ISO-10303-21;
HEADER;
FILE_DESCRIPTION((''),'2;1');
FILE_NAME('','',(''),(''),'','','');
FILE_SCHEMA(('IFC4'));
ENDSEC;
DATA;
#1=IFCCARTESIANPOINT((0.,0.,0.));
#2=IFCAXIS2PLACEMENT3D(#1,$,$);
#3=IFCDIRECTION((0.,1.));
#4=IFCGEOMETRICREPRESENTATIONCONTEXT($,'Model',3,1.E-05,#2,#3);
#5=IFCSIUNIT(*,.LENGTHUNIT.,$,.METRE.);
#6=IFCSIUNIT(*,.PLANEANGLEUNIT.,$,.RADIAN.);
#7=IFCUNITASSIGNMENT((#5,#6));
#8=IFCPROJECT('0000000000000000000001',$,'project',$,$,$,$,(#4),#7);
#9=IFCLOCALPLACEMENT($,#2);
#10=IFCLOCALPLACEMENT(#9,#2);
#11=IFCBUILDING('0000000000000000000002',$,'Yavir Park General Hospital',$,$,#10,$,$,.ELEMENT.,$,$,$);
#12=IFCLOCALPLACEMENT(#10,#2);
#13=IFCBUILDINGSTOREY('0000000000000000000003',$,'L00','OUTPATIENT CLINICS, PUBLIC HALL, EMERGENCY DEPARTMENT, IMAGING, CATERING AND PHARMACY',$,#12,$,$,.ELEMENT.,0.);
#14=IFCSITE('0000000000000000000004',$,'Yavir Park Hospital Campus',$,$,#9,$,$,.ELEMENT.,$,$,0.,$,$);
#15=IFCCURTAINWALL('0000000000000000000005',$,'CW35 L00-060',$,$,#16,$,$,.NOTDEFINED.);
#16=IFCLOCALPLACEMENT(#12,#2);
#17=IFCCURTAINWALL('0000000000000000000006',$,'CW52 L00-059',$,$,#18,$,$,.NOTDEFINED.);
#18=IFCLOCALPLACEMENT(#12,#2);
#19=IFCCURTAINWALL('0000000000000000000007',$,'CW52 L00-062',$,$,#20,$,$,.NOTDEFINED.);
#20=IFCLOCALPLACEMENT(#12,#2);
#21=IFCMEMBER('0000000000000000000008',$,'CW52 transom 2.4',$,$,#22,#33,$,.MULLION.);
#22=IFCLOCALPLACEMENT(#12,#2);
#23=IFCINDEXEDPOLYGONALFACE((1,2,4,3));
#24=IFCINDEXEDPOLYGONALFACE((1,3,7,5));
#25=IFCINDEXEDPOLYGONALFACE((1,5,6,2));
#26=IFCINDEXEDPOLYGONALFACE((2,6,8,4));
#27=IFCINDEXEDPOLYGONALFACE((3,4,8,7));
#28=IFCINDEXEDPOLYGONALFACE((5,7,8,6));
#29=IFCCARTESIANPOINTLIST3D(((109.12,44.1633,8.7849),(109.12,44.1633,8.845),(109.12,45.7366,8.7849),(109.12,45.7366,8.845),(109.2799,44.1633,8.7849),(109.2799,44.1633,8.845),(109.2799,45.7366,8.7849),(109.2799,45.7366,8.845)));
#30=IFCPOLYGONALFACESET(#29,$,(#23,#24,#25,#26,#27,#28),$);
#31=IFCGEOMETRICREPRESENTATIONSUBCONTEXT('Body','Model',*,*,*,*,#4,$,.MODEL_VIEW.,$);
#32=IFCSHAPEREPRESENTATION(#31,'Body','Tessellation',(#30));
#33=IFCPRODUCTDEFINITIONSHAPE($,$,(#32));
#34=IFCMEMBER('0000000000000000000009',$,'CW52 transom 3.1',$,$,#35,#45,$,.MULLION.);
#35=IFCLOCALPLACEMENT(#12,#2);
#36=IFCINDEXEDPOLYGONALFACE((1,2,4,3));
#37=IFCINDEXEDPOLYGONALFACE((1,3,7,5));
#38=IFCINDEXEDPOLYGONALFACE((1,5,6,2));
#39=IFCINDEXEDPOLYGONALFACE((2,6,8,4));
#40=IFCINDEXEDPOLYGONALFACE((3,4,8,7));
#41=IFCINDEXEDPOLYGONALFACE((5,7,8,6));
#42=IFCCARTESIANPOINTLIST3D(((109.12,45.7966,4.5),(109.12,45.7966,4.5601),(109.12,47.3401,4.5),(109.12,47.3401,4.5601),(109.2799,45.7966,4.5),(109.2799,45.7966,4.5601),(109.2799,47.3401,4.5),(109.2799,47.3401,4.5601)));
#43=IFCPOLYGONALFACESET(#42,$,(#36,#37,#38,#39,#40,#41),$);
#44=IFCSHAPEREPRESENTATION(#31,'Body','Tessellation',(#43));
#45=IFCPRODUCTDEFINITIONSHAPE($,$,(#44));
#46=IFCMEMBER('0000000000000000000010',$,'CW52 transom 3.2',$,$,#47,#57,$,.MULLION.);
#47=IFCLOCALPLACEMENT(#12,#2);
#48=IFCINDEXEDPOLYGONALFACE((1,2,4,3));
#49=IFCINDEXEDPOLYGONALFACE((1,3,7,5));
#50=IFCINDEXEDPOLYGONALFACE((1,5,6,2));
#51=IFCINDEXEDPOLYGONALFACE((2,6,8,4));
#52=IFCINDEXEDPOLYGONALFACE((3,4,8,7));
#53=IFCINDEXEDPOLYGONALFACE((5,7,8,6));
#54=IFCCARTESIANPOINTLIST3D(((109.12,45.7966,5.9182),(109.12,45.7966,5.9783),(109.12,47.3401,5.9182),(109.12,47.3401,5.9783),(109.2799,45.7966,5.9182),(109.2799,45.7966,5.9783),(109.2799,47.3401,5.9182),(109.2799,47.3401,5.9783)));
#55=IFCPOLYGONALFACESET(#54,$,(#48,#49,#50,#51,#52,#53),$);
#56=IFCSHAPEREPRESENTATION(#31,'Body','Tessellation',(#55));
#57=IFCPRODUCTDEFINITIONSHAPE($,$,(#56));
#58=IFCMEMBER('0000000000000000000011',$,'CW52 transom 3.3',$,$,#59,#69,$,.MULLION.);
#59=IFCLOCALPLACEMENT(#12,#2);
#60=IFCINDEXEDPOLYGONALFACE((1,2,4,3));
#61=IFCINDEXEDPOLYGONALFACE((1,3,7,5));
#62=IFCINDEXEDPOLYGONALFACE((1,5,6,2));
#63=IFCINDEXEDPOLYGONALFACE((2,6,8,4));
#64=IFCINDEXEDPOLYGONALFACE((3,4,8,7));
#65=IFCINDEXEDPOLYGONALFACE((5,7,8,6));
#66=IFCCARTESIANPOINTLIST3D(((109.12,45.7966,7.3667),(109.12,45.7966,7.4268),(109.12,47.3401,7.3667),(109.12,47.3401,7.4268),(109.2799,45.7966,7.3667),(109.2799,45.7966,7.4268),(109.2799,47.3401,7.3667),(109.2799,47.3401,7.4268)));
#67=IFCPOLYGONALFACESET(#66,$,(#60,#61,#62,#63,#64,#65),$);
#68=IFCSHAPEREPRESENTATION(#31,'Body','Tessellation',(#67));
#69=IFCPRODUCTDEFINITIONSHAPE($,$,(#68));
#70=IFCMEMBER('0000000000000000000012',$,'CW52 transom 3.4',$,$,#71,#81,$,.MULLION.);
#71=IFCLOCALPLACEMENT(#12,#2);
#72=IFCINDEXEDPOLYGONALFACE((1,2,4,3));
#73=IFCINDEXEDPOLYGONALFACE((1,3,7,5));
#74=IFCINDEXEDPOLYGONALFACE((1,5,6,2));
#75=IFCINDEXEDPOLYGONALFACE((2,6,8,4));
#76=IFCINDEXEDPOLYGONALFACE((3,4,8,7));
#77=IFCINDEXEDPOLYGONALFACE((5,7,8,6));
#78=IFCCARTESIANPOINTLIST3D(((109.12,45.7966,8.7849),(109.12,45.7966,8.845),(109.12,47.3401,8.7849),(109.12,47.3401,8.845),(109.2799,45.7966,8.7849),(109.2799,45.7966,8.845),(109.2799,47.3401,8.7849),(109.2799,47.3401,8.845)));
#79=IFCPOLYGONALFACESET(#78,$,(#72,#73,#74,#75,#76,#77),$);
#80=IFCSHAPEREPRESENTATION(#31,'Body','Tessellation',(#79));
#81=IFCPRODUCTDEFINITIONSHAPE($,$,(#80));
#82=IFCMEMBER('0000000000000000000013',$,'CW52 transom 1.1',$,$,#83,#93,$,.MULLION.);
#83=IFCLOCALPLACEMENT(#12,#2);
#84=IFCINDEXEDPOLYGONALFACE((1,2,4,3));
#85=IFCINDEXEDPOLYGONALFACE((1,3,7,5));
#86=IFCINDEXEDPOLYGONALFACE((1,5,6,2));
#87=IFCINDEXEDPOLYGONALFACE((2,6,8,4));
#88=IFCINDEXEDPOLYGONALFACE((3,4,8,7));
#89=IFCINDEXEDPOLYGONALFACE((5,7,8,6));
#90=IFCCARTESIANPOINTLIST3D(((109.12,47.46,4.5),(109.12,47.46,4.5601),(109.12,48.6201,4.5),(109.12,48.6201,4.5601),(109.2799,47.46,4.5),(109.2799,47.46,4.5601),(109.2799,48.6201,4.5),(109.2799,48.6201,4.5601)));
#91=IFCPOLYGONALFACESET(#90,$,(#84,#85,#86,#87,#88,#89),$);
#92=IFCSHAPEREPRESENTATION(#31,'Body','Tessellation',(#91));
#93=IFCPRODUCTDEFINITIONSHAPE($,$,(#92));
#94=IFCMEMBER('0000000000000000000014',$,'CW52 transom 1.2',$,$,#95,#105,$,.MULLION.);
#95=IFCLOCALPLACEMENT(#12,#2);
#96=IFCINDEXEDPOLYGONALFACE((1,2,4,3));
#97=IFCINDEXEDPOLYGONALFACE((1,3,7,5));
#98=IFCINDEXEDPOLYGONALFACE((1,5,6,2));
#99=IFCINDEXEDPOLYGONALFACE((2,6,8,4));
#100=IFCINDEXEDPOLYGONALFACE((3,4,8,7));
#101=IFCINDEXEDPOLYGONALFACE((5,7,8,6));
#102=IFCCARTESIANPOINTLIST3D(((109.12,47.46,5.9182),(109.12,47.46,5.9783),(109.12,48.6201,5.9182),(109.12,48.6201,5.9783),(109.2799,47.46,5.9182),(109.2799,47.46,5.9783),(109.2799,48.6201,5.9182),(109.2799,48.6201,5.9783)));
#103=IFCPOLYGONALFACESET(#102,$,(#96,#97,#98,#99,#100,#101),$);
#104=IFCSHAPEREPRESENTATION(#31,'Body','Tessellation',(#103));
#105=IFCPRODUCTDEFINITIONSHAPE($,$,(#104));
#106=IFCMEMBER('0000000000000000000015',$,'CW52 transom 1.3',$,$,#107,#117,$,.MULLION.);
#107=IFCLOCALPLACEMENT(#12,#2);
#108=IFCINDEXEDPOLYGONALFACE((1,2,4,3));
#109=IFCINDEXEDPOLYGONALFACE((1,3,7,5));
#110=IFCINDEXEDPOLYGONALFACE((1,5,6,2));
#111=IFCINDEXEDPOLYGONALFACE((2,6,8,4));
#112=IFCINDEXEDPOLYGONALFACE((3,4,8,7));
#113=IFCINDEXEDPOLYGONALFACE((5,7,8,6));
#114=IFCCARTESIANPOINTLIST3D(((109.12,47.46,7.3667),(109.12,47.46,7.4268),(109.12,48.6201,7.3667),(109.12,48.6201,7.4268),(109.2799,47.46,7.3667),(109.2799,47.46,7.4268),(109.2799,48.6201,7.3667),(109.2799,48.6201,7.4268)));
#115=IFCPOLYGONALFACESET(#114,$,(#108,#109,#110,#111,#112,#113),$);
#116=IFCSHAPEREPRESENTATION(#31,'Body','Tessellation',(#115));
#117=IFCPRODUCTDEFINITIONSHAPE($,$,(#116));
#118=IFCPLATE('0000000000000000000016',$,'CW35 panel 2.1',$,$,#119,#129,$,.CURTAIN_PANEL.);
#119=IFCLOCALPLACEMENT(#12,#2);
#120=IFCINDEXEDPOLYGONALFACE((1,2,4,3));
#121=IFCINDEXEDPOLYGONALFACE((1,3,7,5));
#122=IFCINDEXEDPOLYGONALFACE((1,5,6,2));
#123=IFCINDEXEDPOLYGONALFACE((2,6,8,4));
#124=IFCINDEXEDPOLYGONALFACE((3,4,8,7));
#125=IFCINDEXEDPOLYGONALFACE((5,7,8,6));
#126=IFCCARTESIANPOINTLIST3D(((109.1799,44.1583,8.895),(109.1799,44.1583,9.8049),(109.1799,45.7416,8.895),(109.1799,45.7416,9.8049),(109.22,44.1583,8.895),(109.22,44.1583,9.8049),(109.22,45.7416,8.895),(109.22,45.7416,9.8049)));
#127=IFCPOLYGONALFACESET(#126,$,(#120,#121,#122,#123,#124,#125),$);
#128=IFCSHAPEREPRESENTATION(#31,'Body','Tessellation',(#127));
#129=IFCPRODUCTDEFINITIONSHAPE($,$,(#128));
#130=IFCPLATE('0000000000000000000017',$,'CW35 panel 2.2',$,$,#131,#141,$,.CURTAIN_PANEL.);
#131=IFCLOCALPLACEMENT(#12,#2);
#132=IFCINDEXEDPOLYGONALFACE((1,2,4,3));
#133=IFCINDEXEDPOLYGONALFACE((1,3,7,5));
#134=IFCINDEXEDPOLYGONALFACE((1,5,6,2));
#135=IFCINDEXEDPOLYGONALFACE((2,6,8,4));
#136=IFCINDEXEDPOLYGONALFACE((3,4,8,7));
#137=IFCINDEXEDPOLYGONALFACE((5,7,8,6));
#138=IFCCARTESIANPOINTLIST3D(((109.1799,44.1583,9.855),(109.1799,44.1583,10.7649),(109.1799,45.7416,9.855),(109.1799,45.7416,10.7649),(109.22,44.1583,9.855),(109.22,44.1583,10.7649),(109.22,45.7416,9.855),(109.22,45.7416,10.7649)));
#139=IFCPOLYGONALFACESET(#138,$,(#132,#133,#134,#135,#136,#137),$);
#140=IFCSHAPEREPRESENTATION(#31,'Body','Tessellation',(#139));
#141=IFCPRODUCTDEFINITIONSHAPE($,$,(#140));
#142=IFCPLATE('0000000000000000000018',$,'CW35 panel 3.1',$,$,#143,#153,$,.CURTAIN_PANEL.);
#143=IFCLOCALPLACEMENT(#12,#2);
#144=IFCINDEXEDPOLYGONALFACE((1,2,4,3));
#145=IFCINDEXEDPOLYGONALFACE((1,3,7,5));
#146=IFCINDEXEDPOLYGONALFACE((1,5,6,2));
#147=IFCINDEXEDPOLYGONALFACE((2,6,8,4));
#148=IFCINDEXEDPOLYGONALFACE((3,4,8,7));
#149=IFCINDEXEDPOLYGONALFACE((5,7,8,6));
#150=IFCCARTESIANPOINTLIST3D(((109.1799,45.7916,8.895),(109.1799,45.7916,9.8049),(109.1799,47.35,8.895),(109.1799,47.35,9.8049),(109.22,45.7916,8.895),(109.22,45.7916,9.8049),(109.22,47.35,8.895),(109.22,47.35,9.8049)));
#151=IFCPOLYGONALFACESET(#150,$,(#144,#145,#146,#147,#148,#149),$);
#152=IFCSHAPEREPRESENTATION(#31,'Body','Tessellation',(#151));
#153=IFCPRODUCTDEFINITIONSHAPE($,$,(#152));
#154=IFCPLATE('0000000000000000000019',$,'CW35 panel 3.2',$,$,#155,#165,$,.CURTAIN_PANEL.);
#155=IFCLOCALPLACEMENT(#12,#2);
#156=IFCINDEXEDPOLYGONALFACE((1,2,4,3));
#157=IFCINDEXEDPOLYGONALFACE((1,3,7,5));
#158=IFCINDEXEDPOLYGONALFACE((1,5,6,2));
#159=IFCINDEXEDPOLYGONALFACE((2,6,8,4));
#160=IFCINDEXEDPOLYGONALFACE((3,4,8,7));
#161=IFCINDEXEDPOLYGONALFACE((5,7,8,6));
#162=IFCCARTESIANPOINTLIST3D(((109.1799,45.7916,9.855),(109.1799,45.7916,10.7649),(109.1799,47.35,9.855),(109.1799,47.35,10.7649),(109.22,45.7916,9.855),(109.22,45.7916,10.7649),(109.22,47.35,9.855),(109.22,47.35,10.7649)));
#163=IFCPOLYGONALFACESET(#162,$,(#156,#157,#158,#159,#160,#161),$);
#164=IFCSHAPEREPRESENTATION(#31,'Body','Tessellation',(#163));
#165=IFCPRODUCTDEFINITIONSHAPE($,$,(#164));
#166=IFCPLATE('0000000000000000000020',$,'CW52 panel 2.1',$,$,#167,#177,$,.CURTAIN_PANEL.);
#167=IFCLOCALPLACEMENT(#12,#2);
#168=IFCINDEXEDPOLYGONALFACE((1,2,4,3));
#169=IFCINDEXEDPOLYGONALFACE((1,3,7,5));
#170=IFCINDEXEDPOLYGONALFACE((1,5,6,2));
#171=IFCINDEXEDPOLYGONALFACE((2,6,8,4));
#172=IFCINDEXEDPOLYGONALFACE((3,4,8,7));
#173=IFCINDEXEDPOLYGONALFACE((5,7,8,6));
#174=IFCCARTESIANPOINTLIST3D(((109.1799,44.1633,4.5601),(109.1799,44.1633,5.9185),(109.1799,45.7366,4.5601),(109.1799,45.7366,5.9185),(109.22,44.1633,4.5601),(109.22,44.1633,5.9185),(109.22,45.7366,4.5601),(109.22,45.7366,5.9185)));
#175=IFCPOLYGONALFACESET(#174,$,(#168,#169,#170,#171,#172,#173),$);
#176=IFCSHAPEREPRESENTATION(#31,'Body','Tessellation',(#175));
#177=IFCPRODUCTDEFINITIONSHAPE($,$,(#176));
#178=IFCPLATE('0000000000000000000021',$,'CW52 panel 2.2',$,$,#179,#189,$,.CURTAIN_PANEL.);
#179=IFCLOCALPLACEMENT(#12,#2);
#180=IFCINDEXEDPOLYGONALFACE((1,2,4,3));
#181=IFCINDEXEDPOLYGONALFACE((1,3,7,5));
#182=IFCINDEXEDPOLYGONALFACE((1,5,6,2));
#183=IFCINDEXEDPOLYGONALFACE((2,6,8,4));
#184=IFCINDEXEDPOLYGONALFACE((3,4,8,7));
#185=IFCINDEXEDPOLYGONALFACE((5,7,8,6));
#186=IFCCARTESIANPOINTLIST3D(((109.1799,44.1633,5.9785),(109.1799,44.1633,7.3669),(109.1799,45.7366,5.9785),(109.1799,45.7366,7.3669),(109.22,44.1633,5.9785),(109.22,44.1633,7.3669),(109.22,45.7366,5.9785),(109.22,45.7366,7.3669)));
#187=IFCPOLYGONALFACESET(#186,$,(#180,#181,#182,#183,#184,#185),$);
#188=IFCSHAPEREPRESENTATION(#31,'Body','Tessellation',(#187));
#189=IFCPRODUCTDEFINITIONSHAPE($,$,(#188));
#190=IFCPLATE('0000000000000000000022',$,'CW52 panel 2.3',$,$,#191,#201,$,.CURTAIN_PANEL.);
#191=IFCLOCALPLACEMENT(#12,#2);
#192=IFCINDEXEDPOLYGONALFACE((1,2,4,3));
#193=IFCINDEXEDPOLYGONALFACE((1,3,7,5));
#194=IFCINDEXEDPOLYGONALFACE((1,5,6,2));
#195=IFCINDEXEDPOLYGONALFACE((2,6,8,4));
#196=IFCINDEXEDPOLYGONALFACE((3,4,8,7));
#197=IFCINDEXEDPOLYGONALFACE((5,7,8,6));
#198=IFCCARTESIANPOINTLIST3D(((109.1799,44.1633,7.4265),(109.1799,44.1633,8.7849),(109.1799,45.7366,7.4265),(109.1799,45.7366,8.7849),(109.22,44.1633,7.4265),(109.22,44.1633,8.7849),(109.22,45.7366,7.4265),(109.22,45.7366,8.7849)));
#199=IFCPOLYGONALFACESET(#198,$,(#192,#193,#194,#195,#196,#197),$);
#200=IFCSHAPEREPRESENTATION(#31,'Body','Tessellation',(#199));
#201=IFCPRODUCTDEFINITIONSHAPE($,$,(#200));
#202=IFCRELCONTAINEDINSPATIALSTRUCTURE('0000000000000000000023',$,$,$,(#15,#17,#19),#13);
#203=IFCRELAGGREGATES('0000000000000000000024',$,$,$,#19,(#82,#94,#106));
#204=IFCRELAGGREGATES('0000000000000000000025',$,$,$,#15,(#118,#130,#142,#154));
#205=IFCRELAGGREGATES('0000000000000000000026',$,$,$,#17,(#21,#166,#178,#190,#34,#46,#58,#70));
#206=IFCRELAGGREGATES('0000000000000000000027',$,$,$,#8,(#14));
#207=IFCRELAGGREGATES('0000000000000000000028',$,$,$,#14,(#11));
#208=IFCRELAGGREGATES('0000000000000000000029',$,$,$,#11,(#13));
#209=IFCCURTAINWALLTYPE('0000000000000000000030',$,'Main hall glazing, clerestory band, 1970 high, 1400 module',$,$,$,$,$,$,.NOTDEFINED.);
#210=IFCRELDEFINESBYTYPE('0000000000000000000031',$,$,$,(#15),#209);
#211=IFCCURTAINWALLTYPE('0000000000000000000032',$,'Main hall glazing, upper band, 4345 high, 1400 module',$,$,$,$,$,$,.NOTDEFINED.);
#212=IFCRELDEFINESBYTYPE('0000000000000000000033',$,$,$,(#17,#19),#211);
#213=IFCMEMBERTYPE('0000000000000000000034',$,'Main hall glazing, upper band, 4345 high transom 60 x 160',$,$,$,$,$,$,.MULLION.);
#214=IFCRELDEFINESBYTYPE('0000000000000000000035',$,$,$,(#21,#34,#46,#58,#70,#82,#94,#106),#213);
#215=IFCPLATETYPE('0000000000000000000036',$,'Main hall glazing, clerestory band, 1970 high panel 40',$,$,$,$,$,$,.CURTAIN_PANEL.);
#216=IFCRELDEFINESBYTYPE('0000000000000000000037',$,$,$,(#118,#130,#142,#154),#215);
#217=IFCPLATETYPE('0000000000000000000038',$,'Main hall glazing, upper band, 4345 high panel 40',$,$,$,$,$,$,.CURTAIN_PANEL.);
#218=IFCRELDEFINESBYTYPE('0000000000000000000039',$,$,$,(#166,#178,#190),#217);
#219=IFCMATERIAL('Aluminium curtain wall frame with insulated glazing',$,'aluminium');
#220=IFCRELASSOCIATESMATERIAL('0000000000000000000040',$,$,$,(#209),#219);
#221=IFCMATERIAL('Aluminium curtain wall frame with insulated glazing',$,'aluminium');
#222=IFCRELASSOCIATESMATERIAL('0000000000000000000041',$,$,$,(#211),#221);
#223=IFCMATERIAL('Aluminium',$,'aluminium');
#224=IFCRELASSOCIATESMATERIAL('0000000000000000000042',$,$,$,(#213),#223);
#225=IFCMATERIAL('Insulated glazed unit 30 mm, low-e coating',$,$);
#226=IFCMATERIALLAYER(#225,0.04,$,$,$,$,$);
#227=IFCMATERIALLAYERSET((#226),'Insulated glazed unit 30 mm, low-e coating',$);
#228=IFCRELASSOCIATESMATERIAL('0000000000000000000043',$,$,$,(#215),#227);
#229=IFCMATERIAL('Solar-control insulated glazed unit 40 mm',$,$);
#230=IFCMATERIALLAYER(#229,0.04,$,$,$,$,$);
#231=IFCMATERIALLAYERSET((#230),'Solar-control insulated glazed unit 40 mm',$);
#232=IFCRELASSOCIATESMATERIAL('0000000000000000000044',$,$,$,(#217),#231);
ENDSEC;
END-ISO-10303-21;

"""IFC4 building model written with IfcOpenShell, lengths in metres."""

from ifc_helpers import new_model, si_unit, direction, frame, origin, origin_2d, place, context, subcontext, project, spatial, rectangle, extrude, material, layer, layer_set, material_profile, profile_set, type_object, element, aggregate, save


model = new_model("IFC4")

# Units and contexts
model_context = context("Model", 3, precision=1e-05, world=origin(), true_north=direction((0.0, 1.0)))
body_context = subcontext(model_context, "Body", "Model", "MODEL_VIEW")
ifc_project = project(units=[si_unit("LENGTHUNIT", "METRE"), si_unit("PLANEANGLEUNIT", "RADIAN")], contexts=[model_context])

# Site, building, storey
site_placement = place(None, origin())
site = spatial("IfcSite", under=ifc_project, at=site_placement, Name="Yavir Park Hospital Campus", CompositionType="ELEMENT", RefElevation=0.0)
building_placement = place(site_placement, origin())
building = spatial("IfcBuilding", under=site, at=building_placement, Name="Yavir Park General Hospital", CompositionType="ELEMENT")
storey_placement = place(building_placement, origin())
storey = spatial("IfcBuildingStorey", under=building, at=storey_placement, Name="L00", Description="OUTPATIENT CLINICS, PUBLIC HALL, EMERGENCY DEPARTMENT, IMAGING, CATERING AND PHARMACY", CompositionType="ELEMENT", Elevation=0.0)

# Curtain wall
ifc_material_1 = material(Name="Aluminium curtain wall frame with insulated glazing", Category="aluminium")
curtain_wall_type_1 = type_object("IfcCurtainWallType", Name="Main hall glazing, clerestory band, 1970 high, 1400 module", PredefinedType="NOTDEFINED", material=ifc_material_1)
curtain_wall_1_placement = place(storey_placement, origin())
curtain_wall_1 = element("IfcCurtainWall", 1, at=curtain_wall_1_placement, inside=storey, type_object=curtain_wall_type_1, Name="CW35 L00-060", PredefinedType="NOTDEFINED")

# Curtain walls
ifc_material_2 = material(Name="Aluminium curtain wall frame with insulated glazing", Category="aluminium")
curtain_wall_type_2 = type_object("IfcCurtainWallType", Name="Main hall glazing, upper band, 4345 high, 1400 module", PredefinedType="NOTDEFINED", material=ifc_material_2)
curtain_wall_2_placement = place(storey_placement, origin())
curtain_wall_2 = element("IfcCurtainWall", 2, at=curtain_wall_2_placement, inside=storey, type_object=curtain_wall_type_2, Name="CW52 L00-059", PredefinedType="NOTDEFINED")
curtain_wall_3_placement = place(storey_placement, origin())
curtain_wall_3 = element("IfcCurtainWall", 3, at=curtain_wall_3_placement, inside=storey, type_object=curtain_wall_type_2, Name="CW52 L00-062", PredefinedType="NOTDEFINED")

# Members
ifc_material_3 = material(Name="Aluminium", Category="aluminium")
ifc_material_profile_1 = material_profile(ifc_material_3, rectangle(XDim=0.1599, YDim=0.0601, at=origin_2d()), Name="AL 160x60")
ifc_profile_set_1 = profile_set([ifc_material_profile_1], Name="Aluminium")
member_type_1 = type_object("IfcMemberType", Name="Main hall glazing, upper band, 4345 high transom 60 x 160", PredefinedType="MULLION", material=ifc_profile_set_1)
member_1_placement = place(storey_placement, frame((109.2, 44.1633, 8.8149), z_axis=(0.0, 1.0, 0.0), x_axis=(-1.0, 0.0, 0.0)))
member_1 = element("IfcMember", 4, at=member_1_placement, type_object=member_type_1, Name="CW52 transom 2.4", PredefinedType="MULLION", context=body_context, shape_type="SweptSolid", body=[
    extrude(rectangle(XDim=0.1599, YDim=0.0601, at=origin_2d()), origin(), (0.0, 0.0, 1.0), 1.5732),
])
member_2_placement = place(storey_placement, frame((109.2, 45.7966, 4.53), z_axis=(0.0, 1.0, 0.0), x_axis=(-1.0, 0.0, 0.0)))
member_2 = element("IfcMember", 5, at=member_2_placement, type_object=member_type_1, Name="CW52 transom 3.1", PredefinedType="MULLION", context=body_context, shape_type="SweptSolid", body=[
    extrude(rectangle(XDim=0.1599, YDim=0.0601, at=origin_2d()), origin(), (0.0, 0.0, 1.0), 1.5435),
])
member_3_placement = place(storey_placement, frame((109.2, 45.7966, 5.9482), z_axis=(0.0, 1.0, 0.0), x_axis=(-1.0, 0.0, 0.0)))
member_3 = element("IfcMember", 6, at=member_3_placement, type_object=member_type_1, Name="CW52 transom 3.2", PredefinedType="MULLION", context=body_context, shape_type="SweptSolid", body=[
    extrude(rectangle(XDim=0.1599, YDim=0.0601, at=origin_2d()), origin(), (0.0, 0.0, 1.0), 1.5435),
])
member_4_placement = place(storey_placement, frame((109.2, 45.7966, 7.3967), z_axis=(0.0, 1.0, 0.0), x_axis=(-1.0, 0.0, 0.0)))
member_4 = element("IfcMember", 7, at=member_4_placement, type_object=member_type_1, Name="CW52 transom 3.3", PredefinedType="MULLION", context=body_context, shape_type="SweptSolid", body=[
    extrude(rectangle(XDim=0.1599, YDim=0.0601, at=origin_2d()), origin(), (0.0, 0.0, 1.0), 1.5435),
])
member_5_placement = place(storey_placement, frame((109.2, 45.7966, 8.8149), z_axis=(0.0, 1.0, 0.0), x_axis=(-1.0, 0.0, 0.0)))
member_5 = element("IfcMember", 8, at=member_5_placement, type_object=member_type_1, Name="CW52 transom 3.4", PredefinedType="MULLION", context=body_context, shape_type="SweptSolid", body=[
    extrude(rectangle(XDim=0.1599, YDim=0.0601, at=origin_2d()), origin(), (0.0, 0.0, 1.0), 1.5435),
])
member_6_placement = place(storey_placement, frame((109.2, 47.46, 4.53), z_axis=(0.0, 1.0, 0.0), x_axis=(-1.0, 0.0, 0.0)))
member_6 = element("IfcMember", 9, at=member_6_placement, type_object=member_type_1, Name="CW52 transom 1.1", PredefinedType="MULLION", context=body_context, shape_type="SweptSolid", body=[
    extrude(rectangle(XDim=0.1599, YDim=0.0601, at=origin_2d()), origin(), (0.0, 0.0, 1.0), 1.1602),
])
member_7_placement = place(storey_placement, frame((109.2, 47.46, 5.9482), z_axis=(0.0, 1.0, 0.0), x_axis=(-1.0, 0.0, 0.0)))
member_7 = element("IfcMember", 10, at=member_7_placement, type_object=member_type_1, Name="CW52 transom 1.2", PredefinedType="MULLION", context=body_context, shape_type="SweptSolid", body=[
    extrude(rectangle(XDim=0.1599, YDim=0.0601, at=origin_2d()), origin(), (0.0, 0.0, 1.0), 1.1602),
])
member_8_placement = place(storey_placement, frame((109.2, 47.46, 7.3967), z_axis=(0.0, 1.0, 0.0), x_axis=(-1.0, 0.0, 0.0)))
member_8 = element("IfcMember", 11, at=member_8_placement, type_object=member_type_1, Name="CW52 transom 1.3", PredefinedType="MULLION", context=body_context, shape_type="SweptSolid", body=[
    extrude(rectangle(XDim=0.1599, YDim=0.0601, at=origin_2d()), origin(), (0.0, 0.0, 1.0), 1.1602),
])
aggregate(curtain_wall_3, [member_6, member_7, member_8])

# Plates
ifc_material_4 = material(Name="Insulated glazed unit 30 mm, low-e coating")
ifc_layer_1 = layer(ifc_material_4, 0.04)
ifc_layer_set_1 = layer_set([ifc_layer_1], Name="Insulated glazed unit 30 mm, low-e coating")
plate_type_1 = type_object("IfcPlateType", Name="Main hall glazing, clerestory band, 1970 high panel 40", PredefinedType="CURTAIN_PANEL", material=ifc_layer_set_1)
plate_1_placement = place(storey_placement, frame((109.2, 44.95, 8.895), z_axis=(0.0, 0.0, 1.0), x_axis=(0.0, 1.0, 0.0)))
plate_1 = element("IfcPlate", 12, at=plate_1_placement, type_object=plate_type_1, Name="CW35 panel 2.1", PredefinedType="CURTAIN_PANEL", context=body_context, shape_type="SweptSolid", body=[
    extrude(rectangle(XDim=1.5833, YDim=0.04, at=origin_2d()), origin(), (0.0, 0.0, 1.0), 0.9099),
])
plate_2_placement = place(storey_placement, frame((109.2, 44.95, 9.855), z_axis=(0.0, 0.0, 1.0), x_axis=(0.0, 1.0, 0.0)))
plate_2 = element("IfcPlate", 13, at=plate_2_placement, type_object=plate_type_1, Name="CW35 panel 2.2", PredefinedType="CURTAIN_PANEL", context=body_context, shape_type="SweptSolid", body=[
    extrude(rectangle(XDim=1.5833, YDim=0.04, at=origin_2d()), origin(), (0.0, 0.0, 1.0), 0.9099),
])
plate_3_placement = place(storey_placement, frame((109.2, 46.5708, 8.895), z_axis=(0.0, 0.0, 1.0), x_axis=(0.0, 1.0, 0.0)))
plate_3 = element("IfcPlate", 14, at=plate_3_placement, type_object=plate_type_1, Name="CW35 panel 3.1", PredefinedType="CURTAIN_PANEL", context=body_context, shape_type="SweptSolid", body=[
    extrude(rectangle(XDim=1.5583, YDim=0.04, at=origin_2d()), origin(), (0.0, 0.0, 1.0), 0.9099),
])
plate_4_placement = place(storey_placement, frame((109.2, 46.5708, 9.855), z_axis=(0.0, 0.0, 1.0), x_axis=(0.0, 1.0, 0.0)))
plate_4 = element("IfcPlate", 15, at=plate_4_placement, type_object=plate_type_1, Name="CW35 panel 3.2", PredefinedType="CURTAIN_PANEL", context=body_context, shape_type="SweptSolid", body=[
    extrude(rectangle(XDim=1.5583, YDim=0.04, at=origin_2d()), origin(), (0.0, 0.0, 1.0), 0.9099),
])
aggregate(curtain_wall_1, [plate_1, plate_2, plate_3, plate_4])
ifc_material_5 = material(Name="Solar-control insulated glazed unit 40 mm")
ifc_layer_2 = layer(ifc_material_5, 0.04)
ifc_layer_set_2 = layer_set([ifc_layer_2], Name="Solar-control insulated glazed unit 40 mm")
plate_type_2 = type_object("IfcPlateType", Name="Main hall glazing, upper band, 4345 high panel 40", PredefinedType="CURTAIN_PANEL", material=ifc_layer_set_2)
plate_5_placement = place(storey_placement, frame((109.2, 44.95, 4.5601), z_axis=(0.0, 0.0, 1.0), x_axis=(0.0, 1.0, 0.0)))
plate_5 = element("IfcPlate", 16, at=plate_5_placement, type_object=plate_type_2, Name="CW52 panel 2.1", PredefinedType="CURTAIN_PANEL", context=body_context, shape_type="SweptSolid", body=[
    extrude(rectangle(XDim=1.5732, YDim=0.04, at=origin_2d()), origin(), (0.0, 0.0, 1.0), 1.3584),
])
plate_6_placement = place(storey_placement, frame((109.2, 44.95, 5.9785), z_axis=(0.0, 0.0, 1.0), x_axis=(0.0, 1.0, 0.0)))
plate_6 = element("IfcPlate", 17, at=plate_6_placement, type_object=plate_type_2, Name="CW52 panel 2.2", PredefinedType="CURTAIN_PANEL", context=body_context, shape_type="SweptSolid", body=[
    extrude(rectangle(XDim=1.5732, YDim=0.04, at=origin_2d()), origin(), (0.0, 0.0, 1.0), 1.3884),
])
plate_7_placement = place(storey_placement, frame((109.2, 44.95, 7.4265), z_axis=(0.0, 0.0, 1.0), x_axis=(0.0, 1.0, 0.0)))
plate_7 = element("IfcPlate", 18, at=plate_7_placement, type_object=plate_type_2, Name="CW52 panel 2.3", PredefinedType="CURTAIN_PANEL", context=body_context, shape_type="SweptSolid", body=[
    extrude(rectangle(XDim=1.5732, YDim=0.04, at=origin_2d()), origin(), (0.0, 0.0, 1.0), 1.3584),
])
aggregate(curtain_wall_2, [member_1, plate_5, plate_6, plate_7, member_2, member_3, member_4, member_5])

save(model, "model.ifc")
